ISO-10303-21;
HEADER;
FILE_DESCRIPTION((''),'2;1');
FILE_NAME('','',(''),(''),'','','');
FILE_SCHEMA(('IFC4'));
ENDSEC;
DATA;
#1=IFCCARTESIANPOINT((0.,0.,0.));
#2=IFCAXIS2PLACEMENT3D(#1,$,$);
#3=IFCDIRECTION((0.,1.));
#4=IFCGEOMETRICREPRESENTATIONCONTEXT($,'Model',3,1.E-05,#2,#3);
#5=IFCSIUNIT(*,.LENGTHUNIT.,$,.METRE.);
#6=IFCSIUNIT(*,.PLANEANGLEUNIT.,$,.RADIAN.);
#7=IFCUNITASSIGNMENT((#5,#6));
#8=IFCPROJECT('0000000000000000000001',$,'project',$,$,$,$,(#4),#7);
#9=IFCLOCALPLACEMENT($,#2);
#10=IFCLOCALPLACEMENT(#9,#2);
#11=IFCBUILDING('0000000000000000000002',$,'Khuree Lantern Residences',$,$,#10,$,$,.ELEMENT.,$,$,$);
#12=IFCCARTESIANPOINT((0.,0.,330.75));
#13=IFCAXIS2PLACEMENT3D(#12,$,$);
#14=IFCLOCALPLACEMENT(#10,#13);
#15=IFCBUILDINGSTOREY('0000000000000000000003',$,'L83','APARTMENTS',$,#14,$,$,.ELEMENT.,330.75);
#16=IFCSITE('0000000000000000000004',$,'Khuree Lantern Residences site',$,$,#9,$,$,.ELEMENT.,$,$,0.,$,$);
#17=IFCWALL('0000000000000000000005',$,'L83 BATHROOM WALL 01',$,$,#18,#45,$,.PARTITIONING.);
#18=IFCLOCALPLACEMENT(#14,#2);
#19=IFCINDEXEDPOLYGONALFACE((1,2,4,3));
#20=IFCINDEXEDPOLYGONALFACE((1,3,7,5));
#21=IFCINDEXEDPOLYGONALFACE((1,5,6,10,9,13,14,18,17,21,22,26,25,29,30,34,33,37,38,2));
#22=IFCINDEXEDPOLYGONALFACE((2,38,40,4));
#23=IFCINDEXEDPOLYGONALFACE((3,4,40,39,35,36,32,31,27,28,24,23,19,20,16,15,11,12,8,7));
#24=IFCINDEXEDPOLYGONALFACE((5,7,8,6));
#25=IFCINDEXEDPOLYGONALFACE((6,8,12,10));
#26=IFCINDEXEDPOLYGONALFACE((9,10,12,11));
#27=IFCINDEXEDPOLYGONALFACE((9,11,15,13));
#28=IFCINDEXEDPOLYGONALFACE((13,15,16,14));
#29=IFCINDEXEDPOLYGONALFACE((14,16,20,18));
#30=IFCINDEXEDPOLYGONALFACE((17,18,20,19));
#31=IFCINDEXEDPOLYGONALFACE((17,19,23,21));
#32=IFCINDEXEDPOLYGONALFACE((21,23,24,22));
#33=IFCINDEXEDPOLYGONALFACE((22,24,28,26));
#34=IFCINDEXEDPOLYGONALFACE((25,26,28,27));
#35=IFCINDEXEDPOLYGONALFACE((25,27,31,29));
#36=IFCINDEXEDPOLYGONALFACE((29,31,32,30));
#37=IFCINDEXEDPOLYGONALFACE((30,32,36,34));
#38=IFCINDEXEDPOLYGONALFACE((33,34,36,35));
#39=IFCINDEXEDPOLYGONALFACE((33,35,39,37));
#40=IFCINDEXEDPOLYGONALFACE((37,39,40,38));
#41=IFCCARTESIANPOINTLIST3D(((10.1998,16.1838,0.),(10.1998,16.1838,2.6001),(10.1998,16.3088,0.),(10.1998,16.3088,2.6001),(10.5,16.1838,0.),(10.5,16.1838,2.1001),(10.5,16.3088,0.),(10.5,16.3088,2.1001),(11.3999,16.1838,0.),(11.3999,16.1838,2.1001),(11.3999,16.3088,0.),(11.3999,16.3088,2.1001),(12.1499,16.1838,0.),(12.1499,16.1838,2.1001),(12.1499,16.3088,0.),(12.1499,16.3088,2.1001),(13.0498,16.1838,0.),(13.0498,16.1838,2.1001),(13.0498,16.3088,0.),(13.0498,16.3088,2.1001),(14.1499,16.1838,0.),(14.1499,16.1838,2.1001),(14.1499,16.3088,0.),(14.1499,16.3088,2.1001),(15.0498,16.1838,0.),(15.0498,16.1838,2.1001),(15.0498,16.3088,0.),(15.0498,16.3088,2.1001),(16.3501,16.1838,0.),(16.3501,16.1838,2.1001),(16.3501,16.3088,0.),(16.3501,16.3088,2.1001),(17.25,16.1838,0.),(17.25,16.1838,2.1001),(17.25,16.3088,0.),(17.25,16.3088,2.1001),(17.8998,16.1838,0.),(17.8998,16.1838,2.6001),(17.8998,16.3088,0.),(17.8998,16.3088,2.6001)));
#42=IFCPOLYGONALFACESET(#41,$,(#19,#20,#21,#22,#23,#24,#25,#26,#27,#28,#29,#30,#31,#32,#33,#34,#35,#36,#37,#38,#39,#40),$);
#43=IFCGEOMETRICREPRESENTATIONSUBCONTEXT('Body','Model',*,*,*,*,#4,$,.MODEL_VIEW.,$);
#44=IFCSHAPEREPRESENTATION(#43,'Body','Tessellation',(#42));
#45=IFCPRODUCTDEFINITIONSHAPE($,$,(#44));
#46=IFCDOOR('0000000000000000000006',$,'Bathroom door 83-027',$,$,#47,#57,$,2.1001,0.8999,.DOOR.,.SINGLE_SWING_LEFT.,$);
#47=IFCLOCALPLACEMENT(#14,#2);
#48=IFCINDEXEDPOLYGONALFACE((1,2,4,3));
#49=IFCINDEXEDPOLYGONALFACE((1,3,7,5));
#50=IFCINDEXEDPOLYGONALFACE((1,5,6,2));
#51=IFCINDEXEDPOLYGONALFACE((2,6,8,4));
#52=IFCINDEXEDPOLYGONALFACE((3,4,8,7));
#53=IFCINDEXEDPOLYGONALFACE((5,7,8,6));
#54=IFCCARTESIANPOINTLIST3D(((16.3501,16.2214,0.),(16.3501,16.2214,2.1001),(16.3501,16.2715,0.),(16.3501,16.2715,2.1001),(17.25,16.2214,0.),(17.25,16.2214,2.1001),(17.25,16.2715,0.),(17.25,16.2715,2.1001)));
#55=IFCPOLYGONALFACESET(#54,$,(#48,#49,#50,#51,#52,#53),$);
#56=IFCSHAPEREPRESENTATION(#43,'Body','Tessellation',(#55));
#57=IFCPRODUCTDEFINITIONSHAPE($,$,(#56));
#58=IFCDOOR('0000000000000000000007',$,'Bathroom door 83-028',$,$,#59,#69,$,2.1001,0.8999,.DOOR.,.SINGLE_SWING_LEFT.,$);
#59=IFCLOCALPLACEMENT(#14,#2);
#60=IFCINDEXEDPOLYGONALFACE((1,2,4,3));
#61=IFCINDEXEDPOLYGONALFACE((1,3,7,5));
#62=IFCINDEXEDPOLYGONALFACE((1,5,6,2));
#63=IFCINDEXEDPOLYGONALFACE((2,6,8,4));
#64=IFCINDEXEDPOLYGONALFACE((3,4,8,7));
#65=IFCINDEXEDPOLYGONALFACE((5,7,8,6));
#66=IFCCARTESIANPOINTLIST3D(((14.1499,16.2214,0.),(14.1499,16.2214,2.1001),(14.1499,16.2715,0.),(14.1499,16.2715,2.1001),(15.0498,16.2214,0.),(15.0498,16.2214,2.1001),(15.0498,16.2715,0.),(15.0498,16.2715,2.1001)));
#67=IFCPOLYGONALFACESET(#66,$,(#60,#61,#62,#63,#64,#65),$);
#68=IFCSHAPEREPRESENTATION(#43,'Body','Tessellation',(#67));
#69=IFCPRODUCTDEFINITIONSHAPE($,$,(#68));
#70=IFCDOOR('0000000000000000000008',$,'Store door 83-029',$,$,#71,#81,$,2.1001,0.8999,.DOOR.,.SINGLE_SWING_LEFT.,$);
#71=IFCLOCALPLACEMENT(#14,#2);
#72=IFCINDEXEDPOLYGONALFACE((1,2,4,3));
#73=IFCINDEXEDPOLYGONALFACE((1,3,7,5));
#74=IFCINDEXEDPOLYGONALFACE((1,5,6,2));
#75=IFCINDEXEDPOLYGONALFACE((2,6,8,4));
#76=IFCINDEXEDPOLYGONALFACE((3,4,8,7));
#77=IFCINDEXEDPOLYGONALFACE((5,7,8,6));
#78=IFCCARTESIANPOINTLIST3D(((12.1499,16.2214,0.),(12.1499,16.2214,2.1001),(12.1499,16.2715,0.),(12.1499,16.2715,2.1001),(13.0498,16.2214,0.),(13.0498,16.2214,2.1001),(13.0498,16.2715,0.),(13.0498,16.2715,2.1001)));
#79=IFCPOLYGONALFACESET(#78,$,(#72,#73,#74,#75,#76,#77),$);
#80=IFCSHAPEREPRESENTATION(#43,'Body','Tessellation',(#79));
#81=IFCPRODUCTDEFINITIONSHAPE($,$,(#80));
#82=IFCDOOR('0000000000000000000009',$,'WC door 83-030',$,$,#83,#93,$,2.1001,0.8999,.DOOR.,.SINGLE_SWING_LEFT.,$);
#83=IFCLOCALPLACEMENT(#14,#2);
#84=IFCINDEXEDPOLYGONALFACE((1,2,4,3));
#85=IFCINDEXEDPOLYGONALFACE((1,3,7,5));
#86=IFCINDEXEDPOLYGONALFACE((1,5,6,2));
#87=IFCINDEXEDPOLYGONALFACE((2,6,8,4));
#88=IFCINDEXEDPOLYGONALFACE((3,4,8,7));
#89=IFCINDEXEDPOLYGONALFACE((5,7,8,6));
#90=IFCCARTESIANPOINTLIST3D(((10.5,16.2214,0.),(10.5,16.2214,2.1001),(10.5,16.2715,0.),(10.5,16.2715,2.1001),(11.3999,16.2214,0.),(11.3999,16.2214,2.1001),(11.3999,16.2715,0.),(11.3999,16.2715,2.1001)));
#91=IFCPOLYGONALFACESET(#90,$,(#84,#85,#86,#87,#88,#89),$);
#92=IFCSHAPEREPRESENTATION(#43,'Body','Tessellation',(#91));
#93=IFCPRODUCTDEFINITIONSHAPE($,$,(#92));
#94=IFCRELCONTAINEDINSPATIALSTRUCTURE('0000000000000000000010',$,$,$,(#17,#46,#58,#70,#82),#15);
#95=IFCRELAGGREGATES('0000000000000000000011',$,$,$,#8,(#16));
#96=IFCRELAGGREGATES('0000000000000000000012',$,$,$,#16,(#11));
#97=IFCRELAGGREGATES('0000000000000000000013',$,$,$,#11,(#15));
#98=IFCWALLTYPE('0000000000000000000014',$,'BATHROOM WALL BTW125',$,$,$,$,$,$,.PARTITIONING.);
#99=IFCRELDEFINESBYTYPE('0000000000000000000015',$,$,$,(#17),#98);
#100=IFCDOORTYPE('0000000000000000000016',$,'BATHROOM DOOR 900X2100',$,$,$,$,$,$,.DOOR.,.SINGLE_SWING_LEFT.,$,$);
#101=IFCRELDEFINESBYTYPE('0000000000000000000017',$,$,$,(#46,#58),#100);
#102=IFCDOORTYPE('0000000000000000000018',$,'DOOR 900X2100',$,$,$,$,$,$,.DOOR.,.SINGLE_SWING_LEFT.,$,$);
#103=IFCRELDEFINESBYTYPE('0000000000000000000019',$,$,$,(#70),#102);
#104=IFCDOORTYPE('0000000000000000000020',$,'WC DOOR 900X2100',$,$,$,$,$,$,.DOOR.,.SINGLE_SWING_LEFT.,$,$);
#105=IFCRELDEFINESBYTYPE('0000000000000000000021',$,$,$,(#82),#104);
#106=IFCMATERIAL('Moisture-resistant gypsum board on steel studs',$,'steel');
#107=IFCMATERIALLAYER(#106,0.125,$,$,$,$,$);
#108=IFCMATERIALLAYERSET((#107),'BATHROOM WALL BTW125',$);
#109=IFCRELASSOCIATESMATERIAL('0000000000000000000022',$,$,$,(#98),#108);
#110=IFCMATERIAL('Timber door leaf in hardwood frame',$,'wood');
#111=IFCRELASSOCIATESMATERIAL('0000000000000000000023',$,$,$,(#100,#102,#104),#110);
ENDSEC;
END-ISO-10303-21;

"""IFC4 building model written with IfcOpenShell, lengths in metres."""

from ifc_helpers import new_model, si_unit, direction, frame, frame_2d, origin, place, context, subcontext, project, spatial, rectangle, extrude, material, layer, layer_set, type_object, element, fill, save


model = new_model("IFC4")

# Units and contexts
model_context = context("Model", 3, precision=1e-05, world=origin(), true_north=direction((0.0, 1.0)))
body_context = subcontext(model_context, "Body", "Model", "MODEL_VIEW")
ifc_project = project(units=[si_unit("LENGTHUNIT", "METRE"), si_unit("PLANEANGLEUNIT", "RADIAN")], contexts=[model_context])

# Site, building, storey
site_placement = place(None, origin())
site = spatial("IfcSite", under=ifc_project, at=site_placement, Name="Khuree Lantern Residences site", CompositionType="ELEMENT", RefElevation=0.0)
building_placement = place(site_placement, origin())
building = spatial("IfcBuilding", under=site, at=building_placement, Name="Khuree Lantern Residences", CompositionType="ELEMENT")
storey_placement = place(building_placement, frame((0.0, 0.0, 330.75)))
storey = spatial("IfcBuildingStorey", under=building, at=storey_placement, Name="L83", Description="APARTMENTS", CompositionType="ELEMENT", Elevation=330.75)

# Wall, openings, doors
ifc_material_1 = material(Name="Moisture-resistant gypsum board on steel studs", Category="steel")
ifc_layer_1 = layer(ifc_material_1, 0.125)
ifc_layer_set_1 = layer_set([ifc_layer_1], Name="BATHROOM WALL BTW125")
wall_type = type_object("IfcWallType", Name="BATHROOM WALL BTW125", PredefinedType="PARTITIONING", material=ifc_layer_set_1)
wall_placement = place(storey_placement, frame((17.8999, 16.2463, 0.0), z_axis=(0.0, 0.0, 1.0), x_axis=(-1.0, 0.0, 0.0)))
wall = element("IfcWall", 1, at=wall_placement, inside=storey, type_object=wall_type, Name="L83 BATHROOM WALL 01", PredefinedType="PARTITIONING", context=body_context, shape_type="SweptSolid", body=[
    extrude(rectangle(XDim=7.7, YDim=0.125, at=frame_2d((3.8501, 0.0))), origin(), (0.0, 0.0, 1.0), 2.6001),
])
opening_1_placement = place(wall_placement, frame((0.6499, 0.0, 0.0)))
opening_1 = element("IfcOpeningElement", 2, at=opening_1_placement, cuts=wall, PredefinedType="OPENING", context=body_context, shape_type="SweptSolid", body=[
    extrude(rectangle(XDim=0.8999, YDim=2.1001, at=frame_2d((0.45, 1.05))), frame((0.0, 0.0725, 0.0), z_axis=(0.0, -1.0, 0.0), x_axis=(1.0, 0.0, 0.0)), (0.0, 0.0, 1.0), 0.145),
])
opening_2_placement = place(wall_placement, frame((2.8501, 0.0, 0.0)))
opening_2 = element("IfcOpeningElement", 3, at=opening_2_placement, cuts=wall, PredefinedType="OPENING", context=body_context, shape_type="SweptSolid", body=[
    extrude(rectangle(XDim=0.8999, YDim=2.1001, at=frame_2d((0.45, 1.05))), frame((0.0, 0.0725, 0.0), z_axis=(0.0, -1.0, 0.0), x_axis=(1.0, 0.0, 0.0)), (0.0, 0.0, 1.0), 0.145),
])
opening_3_placement = place(wall_placement, frame((4.8501, 0.0, 0.0)))
opening_3 = element("IfcOpeningElement", 4, at=opening_3_placement, cuts=wall, PredefinedType="OPENING", context=body_context, shape_type="SweptSolid", body=[
    extrude(rectangle(XDim=0.8999, YDim=2.1001, at=frame_2d((0.45, 1.05))), frame((0.0, 0.0725, 0.0), z_axis=(0.0, -1.0, 0.0), x_axis=(1.0, 0.0, 0.0)), (0.0, 0.0, 1.0), 0.145),
])
opening_4_placement = place(wall_placement, frame((6.5, 0.0, 0.0)))
opening_4 = element("IfcOpeningElement", 5, at=opening_4_placement, cuts=wall, PredefinedType="OPENING", context=body_context, shape_type="SweptSolid", body=[
    extrude(rectangle(XDim=0.8999, YDim=2.1001, at=frame_2d((0.45, 1.05))), frame((0.0, 0.0725, 0.0), z_axis=(0.0, -1.0, 0.0), x_axis=(1.0, 0.0, 0.0)), (0.0, 0.0, 1.0), 0.145),
])
ifc_material_2 = material(Name="Timber door leaf in hardwood frame", Category="wood")
door_type_1 = type_object("IfcDoorType", Name="BATHROOM DOOR 900X2100", OperationType="SINGLE_SWING_LEFT", PredefinedType="DOOR", material=ifc_material_2)
door_1_placement = place(opening_1_placement, origin())
door_1 = element("IfcDoor", 6, at=door_1_placement, inside=storey, type_object=door_type_1, Name="Bathroom door 83-027", OperationType="SINGLE_SWING_LEFT", OverallHeight=2.1001, OverallWidth=0.8999, PredefinedType="DOOR", context=body_context, shape_type="SweptSolid", body=[
    extrude(rectangle(XDim=0.8999, YDim=2.1001, at=frame_2d((0.45, 1.05))), frame((0.0, 0.0249, 0.0), z_axis=(0.0, -1.0, 0.0), x_axis=(1.0, 0.0, 0.0)), (0.0, 0.0, 1.0), 0.05),
])
fill(opening_1, door_1)
door_2_placement = place(opening_2_placement, origin())
door_2 = element("IfcDoor", 7, at=door_2_placement, inside=storey, type_object=door_type_1, Name="Bathroom door 83-028", OperationType="SINGLE_SWING_LEFT", OverallHeight=2.1001, OverallWidth=0.8999, PredefinedType="DOOR", context=body_context, shape_type="SweptSolid", body=[
    extrude(rectangle(XDim=0.8999, YDim=2.1001, at=frame_2d((0.45, 1.05))), frame((0.0, 0.0249, 0.0), z_axis=(0.0, -1.0, 0.0), x_axis=(1.0, 0.0, 0.0)), (0.0, 0.0, 1.0), 0.05),
])
fill(opening_2, door_2)
door_type_2 = type_object("IfcDoorType", Name="DOOR 900X2100", OperationType="SINGLE_SWING_LEFT", PredefinedType="DOOR", material=ifc_material_2)
door_3_placement = place(opening_3_placement, origin())
door_3 = element("IfcDoor", 8, at=door_3_placement, inside=storey, type_object=door_type_2, Name="Store door 83-029", OperationType="SINGLE_SWING_LEFT", OverallHeight=2.1001, OverallWidth=0.8999, PredefinedType="DOOR", context=body_context, shape_type="SweptSolid", body=[
    extrude(rectangle(XDim=0.8999, YDim=2.1001, at=frame_2d((0.45, 1.05))), frame((0.0, 0.0249, 0.0), z_axis=(0.0, -1.0, 0.0), x_axis=(1.0, 0.0, 0.0)), (0.0, 0.0, 1.0), 0.05),
])
fill(opening_3, door_3)
door_type_3 = type_object("IfcDoorType", Name="WC DOOR 900X2100", OperationType="SINGLE_SWING_LEFT", PredefinedType="DOOR", material=ifc_material_2)
door_4_placement = place(opening_4_placement, origin())
door_4 = element("IfcDoor", 9, at=door_4_placement, inside=storey, type_object=door_type_3, Name="WC door 83-030", OperationType="SINGLE_SWING_LEFT", OverallHeight=2.1001, OverallWidth=0.8999, PredefinedType="DOOR", context=body_context, shape_type="SweptSolid", body=[
    extrude(rectangle(XDim=0.8999, YDim=2.1001, at=frame_2d((0.45, 1.05))), frame((0.0, 0.0249, 0.0), z_axis=(0.0, -1.0, 0.0), x_axis=(1.0, 0.0, 0.0)), (0.0, 0.0, 1.0), 0.05),
])
fill(opening_4, door_4)

save(model, "model.ifc")
